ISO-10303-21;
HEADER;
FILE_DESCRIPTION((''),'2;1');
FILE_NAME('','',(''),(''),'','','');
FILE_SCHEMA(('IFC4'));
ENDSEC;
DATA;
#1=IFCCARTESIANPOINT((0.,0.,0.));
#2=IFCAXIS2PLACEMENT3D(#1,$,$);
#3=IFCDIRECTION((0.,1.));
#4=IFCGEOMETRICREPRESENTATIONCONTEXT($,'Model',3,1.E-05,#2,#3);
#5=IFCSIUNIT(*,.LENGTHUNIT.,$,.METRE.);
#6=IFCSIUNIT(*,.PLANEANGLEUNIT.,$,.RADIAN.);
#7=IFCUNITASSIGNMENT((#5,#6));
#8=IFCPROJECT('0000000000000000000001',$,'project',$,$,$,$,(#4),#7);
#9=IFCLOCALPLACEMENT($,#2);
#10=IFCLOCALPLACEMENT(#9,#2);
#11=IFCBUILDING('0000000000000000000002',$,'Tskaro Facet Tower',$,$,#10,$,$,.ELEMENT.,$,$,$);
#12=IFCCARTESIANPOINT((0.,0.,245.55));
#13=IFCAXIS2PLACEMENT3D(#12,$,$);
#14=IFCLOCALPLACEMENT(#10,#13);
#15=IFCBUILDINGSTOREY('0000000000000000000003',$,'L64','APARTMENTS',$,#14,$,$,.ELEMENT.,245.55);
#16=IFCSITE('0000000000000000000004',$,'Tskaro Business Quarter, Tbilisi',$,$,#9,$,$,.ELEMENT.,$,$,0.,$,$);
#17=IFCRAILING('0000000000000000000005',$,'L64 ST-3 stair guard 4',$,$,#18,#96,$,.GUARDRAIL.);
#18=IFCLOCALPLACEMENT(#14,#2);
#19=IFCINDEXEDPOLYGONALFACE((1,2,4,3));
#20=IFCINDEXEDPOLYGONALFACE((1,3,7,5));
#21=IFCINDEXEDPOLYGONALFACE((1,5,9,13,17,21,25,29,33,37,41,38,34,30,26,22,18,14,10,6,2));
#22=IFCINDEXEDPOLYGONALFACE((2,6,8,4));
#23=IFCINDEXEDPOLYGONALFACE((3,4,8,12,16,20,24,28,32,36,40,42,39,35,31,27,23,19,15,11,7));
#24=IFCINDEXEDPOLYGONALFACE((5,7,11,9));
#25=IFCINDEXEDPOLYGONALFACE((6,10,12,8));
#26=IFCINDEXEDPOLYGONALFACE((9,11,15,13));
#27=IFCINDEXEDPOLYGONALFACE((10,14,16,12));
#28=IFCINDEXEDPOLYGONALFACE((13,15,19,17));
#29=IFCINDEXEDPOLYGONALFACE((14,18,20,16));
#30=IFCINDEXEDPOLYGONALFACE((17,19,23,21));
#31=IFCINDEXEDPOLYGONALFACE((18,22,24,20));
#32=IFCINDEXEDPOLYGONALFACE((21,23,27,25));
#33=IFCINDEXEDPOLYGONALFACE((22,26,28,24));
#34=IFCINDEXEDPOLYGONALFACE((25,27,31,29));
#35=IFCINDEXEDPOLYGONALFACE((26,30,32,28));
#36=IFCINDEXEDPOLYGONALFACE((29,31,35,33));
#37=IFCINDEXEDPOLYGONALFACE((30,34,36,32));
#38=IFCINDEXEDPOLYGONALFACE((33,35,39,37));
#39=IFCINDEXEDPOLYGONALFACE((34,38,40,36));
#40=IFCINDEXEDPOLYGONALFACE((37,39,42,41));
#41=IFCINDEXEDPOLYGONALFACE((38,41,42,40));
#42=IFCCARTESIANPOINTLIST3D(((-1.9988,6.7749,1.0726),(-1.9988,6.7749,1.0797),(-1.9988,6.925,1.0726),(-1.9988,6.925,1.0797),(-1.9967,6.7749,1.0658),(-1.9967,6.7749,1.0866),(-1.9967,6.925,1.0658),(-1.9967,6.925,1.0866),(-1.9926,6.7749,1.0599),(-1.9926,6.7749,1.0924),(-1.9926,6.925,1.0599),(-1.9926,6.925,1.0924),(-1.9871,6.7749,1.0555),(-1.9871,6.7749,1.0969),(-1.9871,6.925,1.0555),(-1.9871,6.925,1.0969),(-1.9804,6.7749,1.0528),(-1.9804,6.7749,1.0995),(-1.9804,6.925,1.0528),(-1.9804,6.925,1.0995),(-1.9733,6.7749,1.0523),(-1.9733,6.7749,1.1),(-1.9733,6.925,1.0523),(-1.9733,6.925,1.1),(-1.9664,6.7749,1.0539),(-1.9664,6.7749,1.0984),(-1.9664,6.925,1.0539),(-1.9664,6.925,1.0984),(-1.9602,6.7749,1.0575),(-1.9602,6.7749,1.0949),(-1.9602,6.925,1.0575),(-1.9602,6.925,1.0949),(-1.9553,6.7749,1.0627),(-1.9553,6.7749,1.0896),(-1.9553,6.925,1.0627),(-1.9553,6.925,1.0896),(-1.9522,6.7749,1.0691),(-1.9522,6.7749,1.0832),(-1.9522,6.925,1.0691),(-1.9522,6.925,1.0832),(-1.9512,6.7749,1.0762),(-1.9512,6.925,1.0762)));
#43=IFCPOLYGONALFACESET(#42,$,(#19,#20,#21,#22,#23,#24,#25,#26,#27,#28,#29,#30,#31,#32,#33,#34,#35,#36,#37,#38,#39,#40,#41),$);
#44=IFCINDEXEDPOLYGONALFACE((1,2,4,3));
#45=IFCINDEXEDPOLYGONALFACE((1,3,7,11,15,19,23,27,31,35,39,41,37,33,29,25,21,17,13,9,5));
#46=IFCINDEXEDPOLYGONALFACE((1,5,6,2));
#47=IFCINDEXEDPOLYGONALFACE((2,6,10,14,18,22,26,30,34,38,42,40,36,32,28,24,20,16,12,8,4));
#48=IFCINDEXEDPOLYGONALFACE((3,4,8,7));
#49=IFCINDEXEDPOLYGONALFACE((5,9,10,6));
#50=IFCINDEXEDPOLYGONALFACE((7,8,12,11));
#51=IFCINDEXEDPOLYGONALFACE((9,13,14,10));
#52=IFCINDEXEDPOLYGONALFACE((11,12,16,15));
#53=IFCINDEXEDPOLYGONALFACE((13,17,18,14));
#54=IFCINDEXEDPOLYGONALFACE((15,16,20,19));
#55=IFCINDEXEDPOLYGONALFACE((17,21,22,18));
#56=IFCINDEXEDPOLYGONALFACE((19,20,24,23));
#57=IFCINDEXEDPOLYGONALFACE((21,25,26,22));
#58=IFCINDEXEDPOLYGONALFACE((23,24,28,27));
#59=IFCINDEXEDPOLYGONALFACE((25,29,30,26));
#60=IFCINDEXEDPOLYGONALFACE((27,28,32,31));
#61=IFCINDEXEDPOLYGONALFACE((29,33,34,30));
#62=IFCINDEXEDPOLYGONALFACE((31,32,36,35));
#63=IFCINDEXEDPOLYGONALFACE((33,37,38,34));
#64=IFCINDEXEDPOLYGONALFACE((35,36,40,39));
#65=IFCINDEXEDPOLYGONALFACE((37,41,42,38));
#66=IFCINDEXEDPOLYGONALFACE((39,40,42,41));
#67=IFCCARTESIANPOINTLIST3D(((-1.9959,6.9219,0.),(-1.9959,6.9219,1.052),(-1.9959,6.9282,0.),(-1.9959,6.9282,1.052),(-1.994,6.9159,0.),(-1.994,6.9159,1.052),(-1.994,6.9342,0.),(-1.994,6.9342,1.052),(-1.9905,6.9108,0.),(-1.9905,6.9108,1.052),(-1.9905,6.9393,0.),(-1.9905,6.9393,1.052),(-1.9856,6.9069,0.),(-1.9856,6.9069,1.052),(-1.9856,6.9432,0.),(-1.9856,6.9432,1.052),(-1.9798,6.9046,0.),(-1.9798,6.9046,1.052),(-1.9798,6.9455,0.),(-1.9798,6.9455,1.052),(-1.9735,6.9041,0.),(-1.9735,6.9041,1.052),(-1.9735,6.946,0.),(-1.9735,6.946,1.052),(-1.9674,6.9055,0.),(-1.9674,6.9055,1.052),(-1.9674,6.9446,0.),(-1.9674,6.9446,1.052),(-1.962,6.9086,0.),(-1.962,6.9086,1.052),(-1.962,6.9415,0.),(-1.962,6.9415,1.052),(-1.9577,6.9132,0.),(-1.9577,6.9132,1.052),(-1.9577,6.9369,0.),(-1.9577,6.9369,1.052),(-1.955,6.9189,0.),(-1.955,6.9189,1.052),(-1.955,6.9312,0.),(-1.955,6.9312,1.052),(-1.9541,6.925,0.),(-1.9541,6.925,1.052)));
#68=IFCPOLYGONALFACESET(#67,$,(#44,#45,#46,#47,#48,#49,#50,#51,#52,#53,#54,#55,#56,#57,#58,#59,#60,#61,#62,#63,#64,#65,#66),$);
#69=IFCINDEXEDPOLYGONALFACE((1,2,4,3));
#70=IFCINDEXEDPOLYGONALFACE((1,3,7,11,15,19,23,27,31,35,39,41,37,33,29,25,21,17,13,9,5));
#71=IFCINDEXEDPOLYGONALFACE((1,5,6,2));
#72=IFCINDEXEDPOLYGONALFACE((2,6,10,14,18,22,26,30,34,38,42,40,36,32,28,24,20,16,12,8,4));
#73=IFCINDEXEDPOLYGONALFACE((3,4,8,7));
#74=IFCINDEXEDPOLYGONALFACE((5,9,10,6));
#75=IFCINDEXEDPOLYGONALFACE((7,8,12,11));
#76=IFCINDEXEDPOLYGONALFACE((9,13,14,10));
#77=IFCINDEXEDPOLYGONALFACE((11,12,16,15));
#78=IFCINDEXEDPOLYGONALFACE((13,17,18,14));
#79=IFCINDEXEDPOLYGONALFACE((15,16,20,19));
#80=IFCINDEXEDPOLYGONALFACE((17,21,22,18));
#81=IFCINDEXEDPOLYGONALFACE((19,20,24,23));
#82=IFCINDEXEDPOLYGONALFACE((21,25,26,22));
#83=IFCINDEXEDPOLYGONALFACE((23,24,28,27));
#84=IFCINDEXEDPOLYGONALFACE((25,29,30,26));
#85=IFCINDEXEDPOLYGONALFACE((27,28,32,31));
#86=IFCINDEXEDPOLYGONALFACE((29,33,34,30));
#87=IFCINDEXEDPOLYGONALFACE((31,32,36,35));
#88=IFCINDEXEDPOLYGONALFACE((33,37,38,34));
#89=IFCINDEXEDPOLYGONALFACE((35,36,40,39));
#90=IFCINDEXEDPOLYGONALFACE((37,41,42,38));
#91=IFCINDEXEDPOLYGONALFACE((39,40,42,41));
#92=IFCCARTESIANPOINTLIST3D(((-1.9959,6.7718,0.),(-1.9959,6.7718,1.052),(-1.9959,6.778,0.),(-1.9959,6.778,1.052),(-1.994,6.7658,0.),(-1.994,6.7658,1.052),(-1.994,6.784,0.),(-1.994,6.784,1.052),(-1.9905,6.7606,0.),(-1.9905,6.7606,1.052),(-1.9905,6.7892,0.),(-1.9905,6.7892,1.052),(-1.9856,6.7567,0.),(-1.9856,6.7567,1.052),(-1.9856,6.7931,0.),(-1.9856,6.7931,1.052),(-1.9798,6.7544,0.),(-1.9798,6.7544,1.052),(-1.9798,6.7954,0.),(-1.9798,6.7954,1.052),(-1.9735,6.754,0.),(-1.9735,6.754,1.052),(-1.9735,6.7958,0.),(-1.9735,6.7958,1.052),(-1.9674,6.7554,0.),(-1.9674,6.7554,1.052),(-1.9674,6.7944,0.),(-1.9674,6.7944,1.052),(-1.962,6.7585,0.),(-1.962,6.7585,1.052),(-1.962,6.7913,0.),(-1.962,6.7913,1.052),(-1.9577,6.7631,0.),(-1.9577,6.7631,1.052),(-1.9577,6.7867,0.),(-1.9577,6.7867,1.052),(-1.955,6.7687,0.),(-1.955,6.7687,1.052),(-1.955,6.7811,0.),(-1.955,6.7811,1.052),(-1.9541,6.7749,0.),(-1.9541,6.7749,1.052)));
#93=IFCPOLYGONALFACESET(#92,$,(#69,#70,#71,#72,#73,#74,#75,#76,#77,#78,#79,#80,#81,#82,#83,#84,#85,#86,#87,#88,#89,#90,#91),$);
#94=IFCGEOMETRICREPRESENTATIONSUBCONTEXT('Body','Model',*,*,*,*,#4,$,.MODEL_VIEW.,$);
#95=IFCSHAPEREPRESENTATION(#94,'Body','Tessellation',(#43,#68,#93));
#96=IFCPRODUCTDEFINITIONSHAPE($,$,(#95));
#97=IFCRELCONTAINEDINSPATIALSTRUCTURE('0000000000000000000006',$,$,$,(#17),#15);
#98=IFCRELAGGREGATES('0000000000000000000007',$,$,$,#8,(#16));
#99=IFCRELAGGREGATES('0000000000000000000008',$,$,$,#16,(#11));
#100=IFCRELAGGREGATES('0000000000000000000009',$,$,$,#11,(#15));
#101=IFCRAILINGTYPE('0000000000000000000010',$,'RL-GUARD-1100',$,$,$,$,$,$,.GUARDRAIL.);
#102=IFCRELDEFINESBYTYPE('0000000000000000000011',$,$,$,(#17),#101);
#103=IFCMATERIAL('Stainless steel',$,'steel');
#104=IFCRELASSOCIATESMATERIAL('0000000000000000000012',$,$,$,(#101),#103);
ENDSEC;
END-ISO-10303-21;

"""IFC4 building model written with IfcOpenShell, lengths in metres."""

from ifc_helpers import new_model, si_unit, direction, frame, origin, origin_2d, place, context, subcontext, project, spatial, circle, extrude, material, type_object, element, save


model = new_model("IFC4")

# Units and contexts
model_context = context("Model", 3, precision=1e-05, world=origin(), true_north=direction((0.0, 1.0)))
body_context = subcontext(model_context, "Body", "Model", "MODEL_VIEW")
ifc_project = project(units=[si_unit("LENGTHUNIT", "METRE"), si_unit("PLANEANGLEUNIT", "RADIAN")], contexts=[model_context])

# Site, building, storey
site_placement = place(None, origin())
site = spatial("IfcSite", under=ifc_project, at=site_placement, Name="Tskaro Business Quarter, Tbilisi", CompositionType="ELEMENT", RefElevation=0.0)
building_placement = place(site_placement, origin())
building = spatial("IfcBuilding", under=site, at=building_placement, Name="Tskaro Facet Tower", CompositionType="ELEMENT")
storey_placement = place(building_placement, frame((0.0, 0.0, 245.55)))
storey = spatial("IfcBuildingStorey", under=building, at=storey_placement, Name="L64", Description="APARTMENTS", CompositionType="ELEMENT", Elevation=245.55)

# Railing
ifc_material_1 = material(Name="Stainless steel", Category="steel")
railing_type_1 = type_object("IfcRailingType", Name="RL-GUARD-1100", PredefinedType="GUARDRAIL", material=ifc_material_1)
railing_1_placement = place(storey_placement, frame((-1.9751, 6.925, 0.0)))
element("IfcRailing", 1, at=railing_1_placement, inside=storey, type_object=railing_type_1, Name="L64 ST-3 stair guard 4", PredefinedType="GUARDRAIL", context=body_context, shape_type="SweptSolid", body=[
    extrude(circle(Radius=0.0239, at=origin_2d()), frame((0.0, 0.0, 1.0762), z_axis=(0.0, -1.0, 0.0), x_axis=(1.0, 0.0, 0.0)), (0.0, 0.0, 1.0), 0.1501),
    extrude(circle(Radius=0.021, at=origin_2d()), origin(), (0.0, 0.0, 1.0), 1.052),
    extrude(circle(Radius=0.021, at=origin_2d()), frame((0.0, -0.1501, 0.0)), (0.0, 0.0, 1.0), 1.052),
])

save(model, "model.ifc")
